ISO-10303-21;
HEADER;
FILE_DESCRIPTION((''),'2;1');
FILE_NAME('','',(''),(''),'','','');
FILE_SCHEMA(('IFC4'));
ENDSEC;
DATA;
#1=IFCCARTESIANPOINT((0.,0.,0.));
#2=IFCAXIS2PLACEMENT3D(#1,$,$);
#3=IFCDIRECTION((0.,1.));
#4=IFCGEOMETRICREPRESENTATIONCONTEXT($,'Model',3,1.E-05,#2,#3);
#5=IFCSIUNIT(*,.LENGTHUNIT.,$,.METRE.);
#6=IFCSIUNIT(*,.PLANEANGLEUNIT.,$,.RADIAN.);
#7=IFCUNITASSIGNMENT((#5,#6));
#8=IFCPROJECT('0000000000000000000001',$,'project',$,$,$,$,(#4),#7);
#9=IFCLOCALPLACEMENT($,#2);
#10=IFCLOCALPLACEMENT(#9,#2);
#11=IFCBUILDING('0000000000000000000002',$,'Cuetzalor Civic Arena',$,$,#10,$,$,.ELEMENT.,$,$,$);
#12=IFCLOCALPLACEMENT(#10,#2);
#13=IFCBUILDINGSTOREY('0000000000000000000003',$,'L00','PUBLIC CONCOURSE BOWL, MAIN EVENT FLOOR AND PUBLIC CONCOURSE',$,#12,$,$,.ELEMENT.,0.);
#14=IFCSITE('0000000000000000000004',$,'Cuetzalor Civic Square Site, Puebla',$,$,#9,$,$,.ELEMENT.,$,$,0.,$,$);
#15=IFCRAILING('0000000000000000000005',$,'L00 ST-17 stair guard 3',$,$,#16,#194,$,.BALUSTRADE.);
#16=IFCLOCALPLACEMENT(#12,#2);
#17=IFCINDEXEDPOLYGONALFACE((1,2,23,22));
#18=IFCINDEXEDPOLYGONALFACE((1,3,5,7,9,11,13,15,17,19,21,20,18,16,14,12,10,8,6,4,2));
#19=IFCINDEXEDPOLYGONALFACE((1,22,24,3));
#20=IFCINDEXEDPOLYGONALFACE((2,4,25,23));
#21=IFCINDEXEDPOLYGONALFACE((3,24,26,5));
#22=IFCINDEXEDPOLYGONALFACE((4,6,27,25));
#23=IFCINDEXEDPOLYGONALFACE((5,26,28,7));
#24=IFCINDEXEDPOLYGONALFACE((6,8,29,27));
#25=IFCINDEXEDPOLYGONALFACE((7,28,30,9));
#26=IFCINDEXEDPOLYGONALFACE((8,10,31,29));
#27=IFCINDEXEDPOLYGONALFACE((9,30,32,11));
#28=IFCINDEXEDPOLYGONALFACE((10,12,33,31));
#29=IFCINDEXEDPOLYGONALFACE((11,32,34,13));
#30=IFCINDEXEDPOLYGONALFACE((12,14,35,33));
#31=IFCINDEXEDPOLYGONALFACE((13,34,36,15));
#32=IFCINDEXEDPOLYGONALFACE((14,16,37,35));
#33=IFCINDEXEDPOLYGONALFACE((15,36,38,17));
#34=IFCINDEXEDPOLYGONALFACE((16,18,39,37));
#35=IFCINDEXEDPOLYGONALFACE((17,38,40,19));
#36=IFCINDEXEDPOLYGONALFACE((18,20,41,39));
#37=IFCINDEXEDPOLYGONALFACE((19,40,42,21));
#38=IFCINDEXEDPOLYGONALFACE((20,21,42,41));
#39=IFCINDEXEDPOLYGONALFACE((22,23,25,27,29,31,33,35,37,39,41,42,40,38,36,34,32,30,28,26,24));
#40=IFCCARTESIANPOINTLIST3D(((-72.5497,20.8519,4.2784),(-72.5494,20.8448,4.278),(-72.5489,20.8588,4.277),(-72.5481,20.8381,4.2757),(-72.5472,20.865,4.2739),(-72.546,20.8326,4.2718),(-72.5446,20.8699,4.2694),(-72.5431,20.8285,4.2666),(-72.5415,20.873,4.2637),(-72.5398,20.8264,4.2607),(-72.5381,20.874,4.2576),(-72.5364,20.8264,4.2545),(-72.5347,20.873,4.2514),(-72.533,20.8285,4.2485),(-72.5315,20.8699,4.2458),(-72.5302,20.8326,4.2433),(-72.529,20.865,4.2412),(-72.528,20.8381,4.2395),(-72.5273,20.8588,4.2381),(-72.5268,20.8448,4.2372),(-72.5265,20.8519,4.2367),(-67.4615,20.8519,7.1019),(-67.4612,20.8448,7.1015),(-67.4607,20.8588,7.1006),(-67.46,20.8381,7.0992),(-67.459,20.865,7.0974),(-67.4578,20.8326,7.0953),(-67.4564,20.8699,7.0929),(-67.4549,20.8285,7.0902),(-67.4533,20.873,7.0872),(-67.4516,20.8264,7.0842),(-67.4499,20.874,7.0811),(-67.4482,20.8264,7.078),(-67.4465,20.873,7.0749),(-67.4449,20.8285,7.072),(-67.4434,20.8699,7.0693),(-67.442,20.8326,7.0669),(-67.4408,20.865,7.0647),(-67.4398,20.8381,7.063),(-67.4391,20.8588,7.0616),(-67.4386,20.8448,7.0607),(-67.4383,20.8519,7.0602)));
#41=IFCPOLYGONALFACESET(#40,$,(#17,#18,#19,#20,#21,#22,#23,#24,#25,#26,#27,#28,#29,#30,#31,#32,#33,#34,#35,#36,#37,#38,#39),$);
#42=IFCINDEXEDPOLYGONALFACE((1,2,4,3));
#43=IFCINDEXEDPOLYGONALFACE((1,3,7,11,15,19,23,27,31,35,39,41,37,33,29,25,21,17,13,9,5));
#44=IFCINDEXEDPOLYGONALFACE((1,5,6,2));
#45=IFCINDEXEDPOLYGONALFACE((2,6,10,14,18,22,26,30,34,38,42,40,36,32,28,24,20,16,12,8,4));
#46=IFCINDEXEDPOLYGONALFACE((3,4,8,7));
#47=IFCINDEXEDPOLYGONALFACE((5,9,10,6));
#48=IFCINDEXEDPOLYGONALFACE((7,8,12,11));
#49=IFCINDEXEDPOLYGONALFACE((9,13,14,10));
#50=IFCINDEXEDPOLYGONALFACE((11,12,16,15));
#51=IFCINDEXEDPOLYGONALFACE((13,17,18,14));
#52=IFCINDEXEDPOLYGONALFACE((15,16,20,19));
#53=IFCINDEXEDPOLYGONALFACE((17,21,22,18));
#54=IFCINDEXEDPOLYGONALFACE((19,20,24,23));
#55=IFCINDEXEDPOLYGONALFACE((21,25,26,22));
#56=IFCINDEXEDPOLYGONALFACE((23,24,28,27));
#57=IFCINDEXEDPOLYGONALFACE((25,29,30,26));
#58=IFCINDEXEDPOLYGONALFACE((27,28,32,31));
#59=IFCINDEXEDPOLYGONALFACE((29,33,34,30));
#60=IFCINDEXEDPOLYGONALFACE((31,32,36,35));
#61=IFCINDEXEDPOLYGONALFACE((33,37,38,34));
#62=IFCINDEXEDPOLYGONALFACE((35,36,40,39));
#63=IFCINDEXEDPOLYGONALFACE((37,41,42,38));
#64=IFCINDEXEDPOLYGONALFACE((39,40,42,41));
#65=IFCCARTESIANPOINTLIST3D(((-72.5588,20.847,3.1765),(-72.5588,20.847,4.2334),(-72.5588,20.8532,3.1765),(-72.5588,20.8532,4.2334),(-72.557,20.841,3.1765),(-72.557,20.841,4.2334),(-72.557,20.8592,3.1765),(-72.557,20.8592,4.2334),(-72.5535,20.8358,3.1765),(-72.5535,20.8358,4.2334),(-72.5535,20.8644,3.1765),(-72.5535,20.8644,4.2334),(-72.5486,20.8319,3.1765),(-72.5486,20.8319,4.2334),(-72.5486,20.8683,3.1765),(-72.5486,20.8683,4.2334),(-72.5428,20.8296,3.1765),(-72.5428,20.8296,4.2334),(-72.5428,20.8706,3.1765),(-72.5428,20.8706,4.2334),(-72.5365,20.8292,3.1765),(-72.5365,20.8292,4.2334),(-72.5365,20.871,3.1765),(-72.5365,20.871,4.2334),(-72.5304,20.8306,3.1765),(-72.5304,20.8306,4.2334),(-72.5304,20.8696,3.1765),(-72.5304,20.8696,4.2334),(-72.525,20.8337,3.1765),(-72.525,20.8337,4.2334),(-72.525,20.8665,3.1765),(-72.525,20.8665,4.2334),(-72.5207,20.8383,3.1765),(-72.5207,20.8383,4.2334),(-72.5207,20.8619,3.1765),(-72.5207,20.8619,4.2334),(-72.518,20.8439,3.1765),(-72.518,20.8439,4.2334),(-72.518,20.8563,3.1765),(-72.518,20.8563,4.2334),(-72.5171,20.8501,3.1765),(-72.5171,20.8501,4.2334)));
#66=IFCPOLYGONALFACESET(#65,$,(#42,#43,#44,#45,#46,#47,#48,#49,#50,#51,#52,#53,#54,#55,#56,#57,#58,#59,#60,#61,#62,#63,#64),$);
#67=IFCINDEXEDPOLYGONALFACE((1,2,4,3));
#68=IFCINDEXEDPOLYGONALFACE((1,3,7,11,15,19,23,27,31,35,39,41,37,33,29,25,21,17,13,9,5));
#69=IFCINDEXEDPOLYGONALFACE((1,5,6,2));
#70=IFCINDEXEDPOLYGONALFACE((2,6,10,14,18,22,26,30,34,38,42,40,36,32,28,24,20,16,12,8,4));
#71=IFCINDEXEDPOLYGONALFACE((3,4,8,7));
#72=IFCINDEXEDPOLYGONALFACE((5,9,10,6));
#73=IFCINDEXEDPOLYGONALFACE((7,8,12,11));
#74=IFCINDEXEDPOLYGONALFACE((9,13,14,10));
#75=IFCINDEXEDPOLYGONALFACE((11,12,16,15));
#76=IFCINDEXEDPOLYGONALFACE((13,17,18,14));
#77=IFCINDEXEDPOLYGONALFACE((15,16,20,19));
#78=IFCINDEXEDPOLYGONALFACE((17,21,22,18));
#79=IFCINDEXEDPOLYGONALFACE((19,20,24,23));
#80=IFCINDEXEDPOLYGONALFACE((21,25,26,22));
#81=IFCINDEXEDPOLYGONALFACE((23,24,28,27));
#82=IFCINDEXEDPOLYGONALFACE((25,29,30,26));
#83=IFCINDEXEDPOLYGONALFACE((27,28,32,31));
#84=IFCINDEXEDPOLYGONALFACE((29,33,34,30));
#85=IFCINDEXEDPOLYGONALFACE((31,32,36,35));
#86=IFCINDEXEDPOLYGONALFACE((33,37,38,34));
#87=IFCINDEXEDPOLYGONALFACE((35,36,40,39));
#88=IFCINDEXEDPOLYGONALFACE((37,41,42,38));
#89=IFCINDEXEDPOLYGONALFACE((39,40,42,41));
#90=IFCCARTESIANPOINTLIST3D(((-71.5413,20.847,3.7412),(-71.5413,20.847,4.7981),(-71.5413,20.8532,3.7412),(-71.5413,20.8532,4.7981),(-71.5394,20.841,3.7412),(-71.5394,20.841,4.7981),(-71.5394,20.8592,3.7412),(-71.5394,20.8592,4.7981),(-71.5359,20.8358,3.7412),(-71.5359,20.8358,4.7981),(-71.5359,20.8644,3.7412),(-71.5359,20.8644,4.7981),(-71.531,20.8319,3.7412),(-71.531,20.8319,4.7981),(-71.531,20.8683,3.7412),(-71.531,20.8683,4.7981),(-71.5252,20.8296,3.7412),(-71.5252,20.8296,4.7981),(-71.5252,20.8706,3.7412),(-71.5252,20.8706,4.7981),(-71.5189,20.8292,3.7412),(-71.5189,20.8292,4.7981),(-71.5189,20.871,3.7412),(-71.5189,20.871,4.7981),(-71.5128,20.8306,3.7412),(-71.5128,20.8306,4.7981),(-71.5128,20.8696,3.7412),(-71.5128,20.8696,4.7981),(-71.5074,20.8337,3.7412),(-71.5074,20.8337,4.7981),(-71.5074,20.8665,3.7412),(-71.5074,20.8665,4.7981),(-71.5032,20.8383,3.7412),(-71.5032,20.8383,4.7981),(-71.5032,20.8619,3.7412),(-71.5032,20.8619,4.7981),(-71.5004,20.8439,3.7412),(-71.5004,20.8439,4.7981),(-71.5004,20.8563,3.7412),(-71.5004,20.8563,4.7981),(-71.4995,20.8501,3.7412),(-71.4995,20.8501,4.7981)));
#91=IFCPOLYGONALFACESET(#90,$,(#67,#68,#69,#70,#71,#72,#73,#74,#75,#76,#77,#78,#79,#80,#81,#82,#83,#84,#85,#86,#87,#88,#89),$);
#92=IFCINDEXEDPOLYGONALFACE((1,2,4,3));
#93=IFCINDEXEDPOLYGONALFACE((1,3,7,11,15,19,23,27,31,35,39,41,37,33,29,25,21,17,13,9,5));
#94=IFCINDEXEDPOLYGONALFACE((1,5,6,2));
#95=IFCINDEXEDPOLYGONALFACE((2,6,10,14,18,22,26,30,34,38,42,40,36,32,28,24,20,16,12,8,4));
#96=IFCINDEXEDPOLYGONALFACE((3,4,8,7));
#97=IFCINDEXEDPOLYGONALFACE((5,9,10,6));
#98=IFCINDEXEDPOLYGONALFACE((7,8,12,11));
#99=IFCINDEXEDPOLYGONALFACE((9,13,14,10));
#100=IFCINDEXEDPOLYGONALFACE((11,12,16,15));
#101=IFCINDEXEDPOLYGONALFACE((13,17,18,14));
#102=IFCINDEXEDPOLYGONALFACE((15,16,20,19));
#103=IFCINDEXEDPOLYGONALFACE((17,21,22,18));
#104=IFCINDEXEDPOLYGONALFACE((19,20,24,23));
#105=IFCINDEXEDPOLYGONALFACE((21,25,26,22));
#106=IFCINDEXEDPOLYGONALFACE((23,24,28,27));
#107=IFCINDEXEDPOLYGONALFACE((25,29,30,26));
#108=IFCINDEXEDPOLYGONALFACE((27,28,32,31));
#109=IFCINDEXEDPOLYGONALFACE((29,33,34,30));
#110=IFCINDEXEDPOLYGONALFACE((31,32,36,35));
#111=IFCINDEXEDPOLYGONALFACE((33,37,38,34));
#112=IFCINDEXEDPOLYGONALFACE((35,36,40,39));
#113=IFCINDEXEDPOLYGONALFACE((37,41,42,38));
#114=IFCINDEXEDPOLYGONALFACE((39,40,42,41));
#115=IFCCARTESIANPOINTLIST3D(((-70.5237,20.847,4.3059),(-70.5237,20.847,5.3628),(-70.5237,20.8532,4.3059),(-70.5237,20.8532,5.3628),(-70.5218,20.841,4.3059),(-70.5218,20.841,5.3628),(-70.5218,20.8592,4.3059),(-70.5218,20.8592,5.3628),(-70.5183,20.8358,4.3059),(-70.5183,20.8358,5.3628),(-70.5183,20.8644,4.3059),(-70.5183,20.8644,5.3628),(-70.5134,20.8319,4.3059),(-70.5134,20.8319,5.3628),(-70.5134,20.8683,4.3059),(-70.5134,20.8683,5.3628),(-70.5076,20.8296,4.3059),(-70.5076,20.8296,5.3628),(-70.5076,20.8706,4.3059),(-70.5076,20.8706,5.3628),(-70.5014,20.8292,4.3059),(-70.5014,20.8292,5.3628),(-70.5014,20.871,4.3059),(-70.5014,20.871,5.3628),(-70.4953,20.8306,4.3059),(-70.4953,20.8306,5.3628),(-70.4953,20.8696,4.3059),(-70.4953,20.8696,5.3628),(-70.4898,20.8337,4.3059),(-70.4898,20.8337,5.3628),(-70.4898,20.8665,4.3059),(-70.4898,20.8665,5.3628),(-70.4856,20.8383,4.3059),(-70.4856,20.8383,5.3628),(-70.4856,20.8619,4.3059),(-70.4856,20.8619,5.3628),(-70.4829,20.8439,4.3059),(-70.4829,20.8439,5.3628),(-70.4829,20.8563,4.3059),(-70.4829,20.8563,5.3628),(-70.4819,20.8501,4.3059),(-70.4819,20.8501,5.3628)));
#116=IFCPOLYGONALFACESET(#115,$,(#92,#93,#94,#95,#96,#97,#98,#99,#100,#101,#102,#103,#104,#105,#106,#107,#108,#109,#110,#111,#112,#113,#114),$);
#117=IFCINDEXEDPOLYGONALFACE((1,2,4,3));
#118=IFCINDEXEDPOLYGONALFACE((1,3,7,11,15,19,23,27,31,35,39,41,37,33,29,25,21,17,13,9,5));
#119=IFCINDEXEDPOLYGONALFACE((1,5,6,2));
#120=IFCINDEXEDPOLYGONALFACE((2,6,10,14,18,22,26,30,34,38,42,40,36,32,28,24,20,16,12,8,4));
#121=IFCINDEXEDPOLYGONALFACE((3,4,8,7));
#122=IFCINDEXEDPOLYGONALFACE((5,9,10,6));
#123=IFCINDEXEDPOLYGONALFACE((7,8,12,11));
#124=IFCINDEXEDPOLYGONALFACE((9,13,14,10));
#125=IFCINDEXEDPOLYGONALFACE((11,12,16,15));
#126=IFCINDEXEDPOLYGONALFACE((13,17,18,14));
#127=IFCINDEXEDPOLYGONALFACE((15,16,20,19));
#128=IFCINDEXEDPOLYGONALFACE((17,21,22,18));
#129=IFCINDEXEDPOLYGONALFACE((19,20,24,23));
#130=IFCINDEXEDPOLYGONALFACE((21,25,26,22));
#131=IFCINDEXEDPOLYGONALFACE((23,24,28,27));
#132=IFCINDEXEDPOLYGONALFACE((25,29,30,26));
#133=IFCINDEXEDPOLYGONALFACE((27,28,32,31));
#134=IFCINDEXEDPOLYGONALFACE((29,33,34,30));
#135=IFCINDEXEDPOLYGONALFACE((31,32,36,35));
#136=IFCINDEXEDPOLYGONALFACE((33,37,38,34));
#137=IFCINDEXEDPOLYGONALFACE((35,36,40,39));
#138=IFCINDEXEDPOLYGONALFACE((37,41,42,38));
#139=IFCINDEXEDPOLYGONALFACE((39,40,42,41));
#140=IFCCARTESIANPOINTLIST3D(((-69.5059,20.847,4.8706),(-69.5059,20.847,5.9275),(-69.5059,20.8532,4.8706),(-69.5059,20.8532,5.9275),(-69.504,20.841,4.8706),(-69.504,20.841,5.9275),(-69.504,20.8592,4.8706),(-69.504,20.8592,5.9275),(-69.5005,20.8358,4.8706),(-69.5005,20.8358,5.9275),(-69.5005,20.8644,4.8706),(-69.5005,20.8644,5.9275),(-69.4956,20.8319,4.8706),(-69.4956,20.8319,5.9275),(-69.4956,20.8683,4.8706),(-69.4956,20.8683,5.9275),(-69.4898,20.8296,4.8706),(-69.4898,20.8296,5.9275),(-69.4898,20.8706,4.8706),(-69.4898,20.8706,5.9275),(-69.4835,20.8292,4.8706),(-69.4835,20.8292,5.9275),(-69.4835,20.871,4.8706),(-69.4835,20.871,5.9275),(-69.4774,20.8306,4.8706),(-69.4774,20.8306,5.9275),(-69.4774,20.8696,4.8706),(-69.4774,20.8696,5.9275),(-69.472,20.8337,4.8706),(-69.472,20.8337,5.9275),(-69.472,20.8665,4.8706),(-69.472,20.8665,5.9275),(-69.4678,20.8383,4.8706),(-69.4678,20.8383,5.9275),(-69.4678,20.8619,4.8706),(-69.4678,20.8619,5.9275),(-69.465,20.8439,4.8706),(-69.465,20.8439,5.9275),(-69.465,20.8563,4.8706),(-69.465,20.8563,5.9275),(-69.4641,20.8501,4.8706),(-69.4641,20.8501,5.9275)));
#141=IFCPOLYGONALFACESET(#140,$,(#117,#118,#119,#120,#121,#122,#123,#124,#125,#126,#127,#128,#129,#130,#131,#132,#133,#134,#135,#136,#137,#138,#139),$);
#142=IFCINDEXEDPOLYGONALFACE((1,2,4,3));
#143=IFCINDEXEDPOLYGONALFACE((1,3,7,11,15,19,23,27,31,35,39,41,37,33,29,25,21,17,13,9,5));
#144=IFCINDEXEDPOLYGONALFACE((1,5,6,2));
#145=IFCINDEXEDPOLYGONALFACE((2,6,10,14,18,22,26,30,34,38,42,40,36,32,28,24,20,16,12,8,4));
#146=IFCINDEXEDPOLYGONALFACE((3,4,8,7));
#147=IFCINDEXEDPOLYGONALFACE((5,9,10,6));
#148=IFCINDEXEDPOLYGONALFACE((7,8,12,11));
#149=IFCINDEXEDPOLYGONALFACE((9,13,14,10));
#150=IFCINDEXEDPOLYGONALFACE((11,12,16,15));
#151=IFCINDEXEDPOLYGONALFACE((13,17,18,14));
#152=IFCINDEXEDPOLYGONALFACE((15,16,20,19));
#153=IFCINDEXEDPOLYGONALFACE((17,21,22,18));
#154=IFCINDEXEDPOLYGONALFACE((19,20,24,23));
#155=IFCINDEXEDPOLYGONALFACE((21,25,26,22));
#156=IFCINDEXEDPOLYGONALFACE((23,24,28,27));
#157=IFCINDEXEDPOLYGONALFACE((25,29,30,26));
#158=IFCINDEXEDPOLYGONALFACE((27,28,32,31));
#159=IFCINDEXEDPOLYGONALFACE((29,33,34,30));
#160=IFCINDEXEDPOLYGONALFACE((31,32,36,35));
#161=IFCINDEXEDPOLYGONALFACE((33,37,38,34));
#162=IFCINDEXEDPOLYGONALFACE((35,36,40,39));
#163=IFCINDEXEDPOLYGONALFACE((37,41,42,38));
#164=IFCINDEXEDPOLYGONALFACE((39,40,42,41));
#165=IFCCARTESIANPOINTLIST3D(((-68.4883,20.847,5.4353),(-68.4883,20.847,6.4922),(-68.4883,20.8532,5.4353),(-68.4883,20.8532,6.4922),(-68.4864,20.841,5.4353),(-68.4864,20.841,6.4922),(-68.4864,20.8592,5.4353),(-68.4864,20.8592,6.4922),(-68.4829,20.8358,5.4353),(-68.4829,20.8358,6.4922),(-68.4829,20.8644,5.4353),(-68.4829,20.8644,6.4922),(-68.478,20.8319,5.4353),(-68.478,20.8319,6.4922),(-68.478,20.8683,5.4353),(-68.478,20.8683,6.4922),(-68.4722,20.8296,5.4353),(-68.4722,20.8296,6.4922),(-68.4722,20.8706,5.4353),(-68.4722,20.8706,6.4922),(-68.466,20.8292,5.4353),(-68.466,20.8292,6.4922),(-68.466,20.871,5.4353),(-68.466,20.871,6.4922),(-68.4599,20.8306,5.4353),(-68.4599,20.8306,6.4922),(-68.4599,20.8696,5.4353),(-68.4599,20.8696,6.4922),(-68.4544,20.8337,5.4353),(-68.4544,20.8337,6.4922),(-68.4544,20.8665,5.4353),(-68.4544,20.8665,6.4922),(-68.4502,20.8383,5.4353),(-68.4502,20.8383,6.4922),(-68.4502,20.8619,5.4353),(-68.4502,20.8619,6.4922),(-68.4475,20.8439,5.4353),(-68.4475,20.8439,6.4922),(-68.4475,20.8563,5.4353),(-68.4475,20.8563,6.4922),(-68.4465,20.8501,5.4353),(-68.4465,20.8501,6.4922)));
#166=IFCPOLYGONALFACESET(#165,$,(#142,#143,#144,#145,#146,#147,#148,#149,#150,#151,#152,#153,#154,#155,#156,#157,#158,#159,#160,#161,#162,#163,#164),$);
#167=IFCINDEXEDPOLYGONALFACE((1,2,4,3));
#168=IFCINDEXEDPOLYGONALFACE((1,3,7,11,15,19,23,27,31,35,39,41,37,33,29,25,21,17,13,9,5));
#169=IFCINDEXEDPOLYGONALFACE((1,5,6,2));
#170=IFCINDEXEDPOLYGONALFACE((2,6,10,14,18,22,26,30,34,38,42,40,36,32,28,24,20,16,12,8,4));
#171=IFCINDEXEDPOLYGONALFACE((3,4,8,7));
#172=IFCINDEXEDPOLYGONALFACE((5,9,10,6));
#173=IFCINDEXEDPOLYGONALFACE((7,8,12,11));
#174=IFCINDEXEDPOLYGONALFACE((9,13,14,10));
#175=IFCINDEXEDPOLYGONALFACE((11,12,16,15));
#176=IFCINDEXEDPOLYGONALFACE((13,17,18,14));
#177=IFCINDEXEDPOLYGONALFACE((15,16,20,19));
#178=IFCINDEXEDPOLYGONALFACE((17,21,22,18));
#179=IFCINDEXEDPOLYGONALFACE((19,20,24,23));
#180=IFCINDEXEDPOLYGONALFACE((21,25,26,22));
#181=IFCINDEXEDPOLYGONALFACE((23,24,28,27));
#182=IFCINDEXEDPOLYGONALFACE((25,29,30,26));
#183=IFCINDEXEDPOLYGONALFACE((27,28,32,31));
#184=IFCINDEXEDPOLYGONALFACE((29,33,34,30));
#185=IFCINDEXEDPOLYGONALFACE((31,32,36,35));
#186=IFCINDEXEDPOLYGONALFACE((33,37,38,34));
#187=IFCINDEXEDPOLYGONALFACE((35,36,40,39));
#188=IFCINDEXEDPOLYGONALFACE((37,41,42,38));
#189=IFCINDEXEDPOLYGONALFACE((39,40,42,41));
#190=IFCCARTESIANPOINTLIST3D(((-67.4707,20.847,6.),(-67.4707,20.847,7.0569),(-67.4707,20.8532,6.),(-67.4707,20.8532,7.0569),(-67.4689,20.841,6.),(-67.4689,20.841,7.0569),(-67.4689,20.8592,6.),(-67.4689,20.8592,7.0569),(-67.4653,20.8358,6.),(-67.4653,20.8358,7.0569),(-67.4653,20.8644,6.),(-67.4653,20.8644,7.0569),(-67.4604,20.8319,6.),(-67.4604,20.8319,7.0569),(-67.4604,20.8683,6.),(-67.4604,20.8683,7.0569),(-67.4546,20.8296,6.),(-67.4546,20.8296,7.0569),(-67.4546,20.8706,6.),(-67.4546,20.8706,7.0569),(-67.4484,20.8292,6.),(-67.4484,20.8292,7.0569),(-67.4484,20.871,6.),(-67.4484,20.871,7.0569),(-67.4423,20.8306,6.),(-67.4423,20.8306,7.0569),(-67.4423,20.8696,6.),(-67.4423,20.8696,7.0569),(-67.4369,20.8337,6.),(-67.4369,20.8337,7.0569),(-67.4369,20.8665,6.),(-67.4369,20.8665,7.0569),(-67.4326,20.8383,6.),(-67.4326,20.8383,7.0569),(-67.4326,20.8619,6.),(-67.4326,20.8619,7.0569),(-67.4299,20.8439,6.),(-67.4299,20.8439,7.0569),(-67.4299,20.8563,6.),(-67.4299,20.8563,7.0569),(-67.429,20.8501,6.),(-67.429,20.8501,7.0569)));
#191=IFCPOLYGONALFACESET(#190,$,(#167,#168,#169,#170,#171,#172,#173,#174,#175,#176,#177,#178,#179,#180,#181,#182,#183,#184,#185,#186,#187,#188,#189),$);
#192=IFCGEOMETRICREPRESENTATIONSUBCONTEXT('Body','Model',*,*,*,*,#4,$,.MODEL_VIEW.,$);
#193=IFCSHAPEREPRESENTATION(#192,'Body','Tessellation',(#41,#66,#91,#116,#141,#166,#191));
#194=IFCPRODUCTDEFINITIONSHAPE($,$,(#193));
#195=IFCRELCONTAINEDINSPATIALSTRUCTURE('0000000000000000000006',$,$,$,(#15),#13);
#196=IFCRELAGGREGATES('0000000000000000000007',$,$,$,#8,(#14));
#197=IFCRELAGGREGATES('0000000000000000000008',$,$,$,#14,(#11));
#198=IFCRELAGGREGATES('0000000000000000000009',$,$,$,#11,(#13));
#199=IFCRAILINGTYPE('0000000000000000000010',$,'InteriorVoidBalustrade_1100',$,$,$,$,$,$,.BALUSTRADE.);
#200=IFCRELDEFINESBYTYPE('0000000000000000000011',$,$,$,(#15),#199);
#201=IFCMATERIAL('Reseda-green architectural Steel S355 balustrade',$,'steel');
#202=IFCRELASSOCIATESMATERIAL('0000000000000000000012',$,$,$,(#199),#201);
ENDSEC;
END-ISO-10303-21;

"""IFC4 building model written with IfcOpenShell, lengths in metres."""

from ifc_helpers import new_model, si_unit, direction, frame, origin, origin_2d, place, context, subcontext, project, spatial, circle, extrude, material, type_object, element, save


model = new_model("IFC4")

# Units and contexts
model_context = context("Model", 3, precision=1e-05, world=origin(), true_north=direction((0.0, 1.0)))
body_context = subcontext(model_context, "Body", "Model", "MODEL_VIEW")
ifc_project = project(units=[si_unit("LENGTHUNIT", "METRE"), si_unit("PLANEANGLEUNIT", "RADIAN")], contexts=[model_context])

# Site, building, storey
site_placement = place(None, origin())
site = spatial("IfcSite", under=ifc_project, at=site_placement, Name="Cuetzalor Civic Square Site, Puebla", CompositionType="ELEMENT", RefElevation=0.0)
building_placement = place(site_placement, origin())
building = spatial("IfcBuilding", under=site, at=building_placement, Name="Cuetzalor Civic Arena", CompositionType="ELEMENT")
storey_placement = place(building_placement, origin())
storey = spatial("IfcBuildingStorey", under=building, at=storey_placement, Name="L00", Description="PUBLIC CONCOURSE BOWL, MAIN EVENT FLOOR AND PUBLIC CONCOURSE", CompositionType="ELEMENT", Elevation=0.0)

# Railing
ifc_material_1 = material(Name="Reseda-green architectural Steel S355 balustrade", Category="steel")
railing_type_1 = type_object("IfcRailingType", Name="InteriorVoidBalustrade_1100", PredefinedType="BALUSTRADE", material=ifc_material_1)
railing_1_placement = place(storey_placement, frame((-72.5381, 20.8501, 3.1765)))
element("IfcRailing", 1, at=railing_1_placement, inside=storey, type_object=railing_type_1, Name="L00 ST-17 stair guard 3", PredefinedType="BALUSTRADE", context=body_context, shape_type="SweptSolid", body=[
    extrude(circle(Radius=0.0239, at=origin_2d()), frame((0.0, 0.0, 1.0811), z_axis=(0.874395, 0.0, 0.485215), x_axis=(0.0, 1.0, 0.0)), (0.0, 0.0, 1.0), 5.8191),
    extrude(circle(Radius=0.021, at=origin_2d()), origin(), (0.0, 0.0, 1.0), 1.0569),
    extrude(circle(Radius=0.021, at=origin_2d()), frame((1.0176, 0.0, 0.5647)), (0.0, 0.0, 1.0), 1.0569),
    extrude(circle(Radius=0.021, at=origin_2d()), frame((2.0352, 0.0, 1.1294)), (0.0, 0.0, 1.0), 1.0569),
    extrude(circle(Radius=0.021, at=origin_2d()), frame((3.053, 0.0, 1.6941)), (0.0, 0.0, 1.0), 1.0569),
    extrude(circle(Radius=0.021, at=origin_2d()), frame((4.0706, 0.0, 2.2588)), (0.0, 0.0, 1.0), 1.0569),
    extrude(circle(Radius=0.021, at=origin_2d()), frame((5.0881, 0.0, 2.8235)), (0.0, 0.0, 1.0), 1.0569),
])

save(model, "model.ifc")
